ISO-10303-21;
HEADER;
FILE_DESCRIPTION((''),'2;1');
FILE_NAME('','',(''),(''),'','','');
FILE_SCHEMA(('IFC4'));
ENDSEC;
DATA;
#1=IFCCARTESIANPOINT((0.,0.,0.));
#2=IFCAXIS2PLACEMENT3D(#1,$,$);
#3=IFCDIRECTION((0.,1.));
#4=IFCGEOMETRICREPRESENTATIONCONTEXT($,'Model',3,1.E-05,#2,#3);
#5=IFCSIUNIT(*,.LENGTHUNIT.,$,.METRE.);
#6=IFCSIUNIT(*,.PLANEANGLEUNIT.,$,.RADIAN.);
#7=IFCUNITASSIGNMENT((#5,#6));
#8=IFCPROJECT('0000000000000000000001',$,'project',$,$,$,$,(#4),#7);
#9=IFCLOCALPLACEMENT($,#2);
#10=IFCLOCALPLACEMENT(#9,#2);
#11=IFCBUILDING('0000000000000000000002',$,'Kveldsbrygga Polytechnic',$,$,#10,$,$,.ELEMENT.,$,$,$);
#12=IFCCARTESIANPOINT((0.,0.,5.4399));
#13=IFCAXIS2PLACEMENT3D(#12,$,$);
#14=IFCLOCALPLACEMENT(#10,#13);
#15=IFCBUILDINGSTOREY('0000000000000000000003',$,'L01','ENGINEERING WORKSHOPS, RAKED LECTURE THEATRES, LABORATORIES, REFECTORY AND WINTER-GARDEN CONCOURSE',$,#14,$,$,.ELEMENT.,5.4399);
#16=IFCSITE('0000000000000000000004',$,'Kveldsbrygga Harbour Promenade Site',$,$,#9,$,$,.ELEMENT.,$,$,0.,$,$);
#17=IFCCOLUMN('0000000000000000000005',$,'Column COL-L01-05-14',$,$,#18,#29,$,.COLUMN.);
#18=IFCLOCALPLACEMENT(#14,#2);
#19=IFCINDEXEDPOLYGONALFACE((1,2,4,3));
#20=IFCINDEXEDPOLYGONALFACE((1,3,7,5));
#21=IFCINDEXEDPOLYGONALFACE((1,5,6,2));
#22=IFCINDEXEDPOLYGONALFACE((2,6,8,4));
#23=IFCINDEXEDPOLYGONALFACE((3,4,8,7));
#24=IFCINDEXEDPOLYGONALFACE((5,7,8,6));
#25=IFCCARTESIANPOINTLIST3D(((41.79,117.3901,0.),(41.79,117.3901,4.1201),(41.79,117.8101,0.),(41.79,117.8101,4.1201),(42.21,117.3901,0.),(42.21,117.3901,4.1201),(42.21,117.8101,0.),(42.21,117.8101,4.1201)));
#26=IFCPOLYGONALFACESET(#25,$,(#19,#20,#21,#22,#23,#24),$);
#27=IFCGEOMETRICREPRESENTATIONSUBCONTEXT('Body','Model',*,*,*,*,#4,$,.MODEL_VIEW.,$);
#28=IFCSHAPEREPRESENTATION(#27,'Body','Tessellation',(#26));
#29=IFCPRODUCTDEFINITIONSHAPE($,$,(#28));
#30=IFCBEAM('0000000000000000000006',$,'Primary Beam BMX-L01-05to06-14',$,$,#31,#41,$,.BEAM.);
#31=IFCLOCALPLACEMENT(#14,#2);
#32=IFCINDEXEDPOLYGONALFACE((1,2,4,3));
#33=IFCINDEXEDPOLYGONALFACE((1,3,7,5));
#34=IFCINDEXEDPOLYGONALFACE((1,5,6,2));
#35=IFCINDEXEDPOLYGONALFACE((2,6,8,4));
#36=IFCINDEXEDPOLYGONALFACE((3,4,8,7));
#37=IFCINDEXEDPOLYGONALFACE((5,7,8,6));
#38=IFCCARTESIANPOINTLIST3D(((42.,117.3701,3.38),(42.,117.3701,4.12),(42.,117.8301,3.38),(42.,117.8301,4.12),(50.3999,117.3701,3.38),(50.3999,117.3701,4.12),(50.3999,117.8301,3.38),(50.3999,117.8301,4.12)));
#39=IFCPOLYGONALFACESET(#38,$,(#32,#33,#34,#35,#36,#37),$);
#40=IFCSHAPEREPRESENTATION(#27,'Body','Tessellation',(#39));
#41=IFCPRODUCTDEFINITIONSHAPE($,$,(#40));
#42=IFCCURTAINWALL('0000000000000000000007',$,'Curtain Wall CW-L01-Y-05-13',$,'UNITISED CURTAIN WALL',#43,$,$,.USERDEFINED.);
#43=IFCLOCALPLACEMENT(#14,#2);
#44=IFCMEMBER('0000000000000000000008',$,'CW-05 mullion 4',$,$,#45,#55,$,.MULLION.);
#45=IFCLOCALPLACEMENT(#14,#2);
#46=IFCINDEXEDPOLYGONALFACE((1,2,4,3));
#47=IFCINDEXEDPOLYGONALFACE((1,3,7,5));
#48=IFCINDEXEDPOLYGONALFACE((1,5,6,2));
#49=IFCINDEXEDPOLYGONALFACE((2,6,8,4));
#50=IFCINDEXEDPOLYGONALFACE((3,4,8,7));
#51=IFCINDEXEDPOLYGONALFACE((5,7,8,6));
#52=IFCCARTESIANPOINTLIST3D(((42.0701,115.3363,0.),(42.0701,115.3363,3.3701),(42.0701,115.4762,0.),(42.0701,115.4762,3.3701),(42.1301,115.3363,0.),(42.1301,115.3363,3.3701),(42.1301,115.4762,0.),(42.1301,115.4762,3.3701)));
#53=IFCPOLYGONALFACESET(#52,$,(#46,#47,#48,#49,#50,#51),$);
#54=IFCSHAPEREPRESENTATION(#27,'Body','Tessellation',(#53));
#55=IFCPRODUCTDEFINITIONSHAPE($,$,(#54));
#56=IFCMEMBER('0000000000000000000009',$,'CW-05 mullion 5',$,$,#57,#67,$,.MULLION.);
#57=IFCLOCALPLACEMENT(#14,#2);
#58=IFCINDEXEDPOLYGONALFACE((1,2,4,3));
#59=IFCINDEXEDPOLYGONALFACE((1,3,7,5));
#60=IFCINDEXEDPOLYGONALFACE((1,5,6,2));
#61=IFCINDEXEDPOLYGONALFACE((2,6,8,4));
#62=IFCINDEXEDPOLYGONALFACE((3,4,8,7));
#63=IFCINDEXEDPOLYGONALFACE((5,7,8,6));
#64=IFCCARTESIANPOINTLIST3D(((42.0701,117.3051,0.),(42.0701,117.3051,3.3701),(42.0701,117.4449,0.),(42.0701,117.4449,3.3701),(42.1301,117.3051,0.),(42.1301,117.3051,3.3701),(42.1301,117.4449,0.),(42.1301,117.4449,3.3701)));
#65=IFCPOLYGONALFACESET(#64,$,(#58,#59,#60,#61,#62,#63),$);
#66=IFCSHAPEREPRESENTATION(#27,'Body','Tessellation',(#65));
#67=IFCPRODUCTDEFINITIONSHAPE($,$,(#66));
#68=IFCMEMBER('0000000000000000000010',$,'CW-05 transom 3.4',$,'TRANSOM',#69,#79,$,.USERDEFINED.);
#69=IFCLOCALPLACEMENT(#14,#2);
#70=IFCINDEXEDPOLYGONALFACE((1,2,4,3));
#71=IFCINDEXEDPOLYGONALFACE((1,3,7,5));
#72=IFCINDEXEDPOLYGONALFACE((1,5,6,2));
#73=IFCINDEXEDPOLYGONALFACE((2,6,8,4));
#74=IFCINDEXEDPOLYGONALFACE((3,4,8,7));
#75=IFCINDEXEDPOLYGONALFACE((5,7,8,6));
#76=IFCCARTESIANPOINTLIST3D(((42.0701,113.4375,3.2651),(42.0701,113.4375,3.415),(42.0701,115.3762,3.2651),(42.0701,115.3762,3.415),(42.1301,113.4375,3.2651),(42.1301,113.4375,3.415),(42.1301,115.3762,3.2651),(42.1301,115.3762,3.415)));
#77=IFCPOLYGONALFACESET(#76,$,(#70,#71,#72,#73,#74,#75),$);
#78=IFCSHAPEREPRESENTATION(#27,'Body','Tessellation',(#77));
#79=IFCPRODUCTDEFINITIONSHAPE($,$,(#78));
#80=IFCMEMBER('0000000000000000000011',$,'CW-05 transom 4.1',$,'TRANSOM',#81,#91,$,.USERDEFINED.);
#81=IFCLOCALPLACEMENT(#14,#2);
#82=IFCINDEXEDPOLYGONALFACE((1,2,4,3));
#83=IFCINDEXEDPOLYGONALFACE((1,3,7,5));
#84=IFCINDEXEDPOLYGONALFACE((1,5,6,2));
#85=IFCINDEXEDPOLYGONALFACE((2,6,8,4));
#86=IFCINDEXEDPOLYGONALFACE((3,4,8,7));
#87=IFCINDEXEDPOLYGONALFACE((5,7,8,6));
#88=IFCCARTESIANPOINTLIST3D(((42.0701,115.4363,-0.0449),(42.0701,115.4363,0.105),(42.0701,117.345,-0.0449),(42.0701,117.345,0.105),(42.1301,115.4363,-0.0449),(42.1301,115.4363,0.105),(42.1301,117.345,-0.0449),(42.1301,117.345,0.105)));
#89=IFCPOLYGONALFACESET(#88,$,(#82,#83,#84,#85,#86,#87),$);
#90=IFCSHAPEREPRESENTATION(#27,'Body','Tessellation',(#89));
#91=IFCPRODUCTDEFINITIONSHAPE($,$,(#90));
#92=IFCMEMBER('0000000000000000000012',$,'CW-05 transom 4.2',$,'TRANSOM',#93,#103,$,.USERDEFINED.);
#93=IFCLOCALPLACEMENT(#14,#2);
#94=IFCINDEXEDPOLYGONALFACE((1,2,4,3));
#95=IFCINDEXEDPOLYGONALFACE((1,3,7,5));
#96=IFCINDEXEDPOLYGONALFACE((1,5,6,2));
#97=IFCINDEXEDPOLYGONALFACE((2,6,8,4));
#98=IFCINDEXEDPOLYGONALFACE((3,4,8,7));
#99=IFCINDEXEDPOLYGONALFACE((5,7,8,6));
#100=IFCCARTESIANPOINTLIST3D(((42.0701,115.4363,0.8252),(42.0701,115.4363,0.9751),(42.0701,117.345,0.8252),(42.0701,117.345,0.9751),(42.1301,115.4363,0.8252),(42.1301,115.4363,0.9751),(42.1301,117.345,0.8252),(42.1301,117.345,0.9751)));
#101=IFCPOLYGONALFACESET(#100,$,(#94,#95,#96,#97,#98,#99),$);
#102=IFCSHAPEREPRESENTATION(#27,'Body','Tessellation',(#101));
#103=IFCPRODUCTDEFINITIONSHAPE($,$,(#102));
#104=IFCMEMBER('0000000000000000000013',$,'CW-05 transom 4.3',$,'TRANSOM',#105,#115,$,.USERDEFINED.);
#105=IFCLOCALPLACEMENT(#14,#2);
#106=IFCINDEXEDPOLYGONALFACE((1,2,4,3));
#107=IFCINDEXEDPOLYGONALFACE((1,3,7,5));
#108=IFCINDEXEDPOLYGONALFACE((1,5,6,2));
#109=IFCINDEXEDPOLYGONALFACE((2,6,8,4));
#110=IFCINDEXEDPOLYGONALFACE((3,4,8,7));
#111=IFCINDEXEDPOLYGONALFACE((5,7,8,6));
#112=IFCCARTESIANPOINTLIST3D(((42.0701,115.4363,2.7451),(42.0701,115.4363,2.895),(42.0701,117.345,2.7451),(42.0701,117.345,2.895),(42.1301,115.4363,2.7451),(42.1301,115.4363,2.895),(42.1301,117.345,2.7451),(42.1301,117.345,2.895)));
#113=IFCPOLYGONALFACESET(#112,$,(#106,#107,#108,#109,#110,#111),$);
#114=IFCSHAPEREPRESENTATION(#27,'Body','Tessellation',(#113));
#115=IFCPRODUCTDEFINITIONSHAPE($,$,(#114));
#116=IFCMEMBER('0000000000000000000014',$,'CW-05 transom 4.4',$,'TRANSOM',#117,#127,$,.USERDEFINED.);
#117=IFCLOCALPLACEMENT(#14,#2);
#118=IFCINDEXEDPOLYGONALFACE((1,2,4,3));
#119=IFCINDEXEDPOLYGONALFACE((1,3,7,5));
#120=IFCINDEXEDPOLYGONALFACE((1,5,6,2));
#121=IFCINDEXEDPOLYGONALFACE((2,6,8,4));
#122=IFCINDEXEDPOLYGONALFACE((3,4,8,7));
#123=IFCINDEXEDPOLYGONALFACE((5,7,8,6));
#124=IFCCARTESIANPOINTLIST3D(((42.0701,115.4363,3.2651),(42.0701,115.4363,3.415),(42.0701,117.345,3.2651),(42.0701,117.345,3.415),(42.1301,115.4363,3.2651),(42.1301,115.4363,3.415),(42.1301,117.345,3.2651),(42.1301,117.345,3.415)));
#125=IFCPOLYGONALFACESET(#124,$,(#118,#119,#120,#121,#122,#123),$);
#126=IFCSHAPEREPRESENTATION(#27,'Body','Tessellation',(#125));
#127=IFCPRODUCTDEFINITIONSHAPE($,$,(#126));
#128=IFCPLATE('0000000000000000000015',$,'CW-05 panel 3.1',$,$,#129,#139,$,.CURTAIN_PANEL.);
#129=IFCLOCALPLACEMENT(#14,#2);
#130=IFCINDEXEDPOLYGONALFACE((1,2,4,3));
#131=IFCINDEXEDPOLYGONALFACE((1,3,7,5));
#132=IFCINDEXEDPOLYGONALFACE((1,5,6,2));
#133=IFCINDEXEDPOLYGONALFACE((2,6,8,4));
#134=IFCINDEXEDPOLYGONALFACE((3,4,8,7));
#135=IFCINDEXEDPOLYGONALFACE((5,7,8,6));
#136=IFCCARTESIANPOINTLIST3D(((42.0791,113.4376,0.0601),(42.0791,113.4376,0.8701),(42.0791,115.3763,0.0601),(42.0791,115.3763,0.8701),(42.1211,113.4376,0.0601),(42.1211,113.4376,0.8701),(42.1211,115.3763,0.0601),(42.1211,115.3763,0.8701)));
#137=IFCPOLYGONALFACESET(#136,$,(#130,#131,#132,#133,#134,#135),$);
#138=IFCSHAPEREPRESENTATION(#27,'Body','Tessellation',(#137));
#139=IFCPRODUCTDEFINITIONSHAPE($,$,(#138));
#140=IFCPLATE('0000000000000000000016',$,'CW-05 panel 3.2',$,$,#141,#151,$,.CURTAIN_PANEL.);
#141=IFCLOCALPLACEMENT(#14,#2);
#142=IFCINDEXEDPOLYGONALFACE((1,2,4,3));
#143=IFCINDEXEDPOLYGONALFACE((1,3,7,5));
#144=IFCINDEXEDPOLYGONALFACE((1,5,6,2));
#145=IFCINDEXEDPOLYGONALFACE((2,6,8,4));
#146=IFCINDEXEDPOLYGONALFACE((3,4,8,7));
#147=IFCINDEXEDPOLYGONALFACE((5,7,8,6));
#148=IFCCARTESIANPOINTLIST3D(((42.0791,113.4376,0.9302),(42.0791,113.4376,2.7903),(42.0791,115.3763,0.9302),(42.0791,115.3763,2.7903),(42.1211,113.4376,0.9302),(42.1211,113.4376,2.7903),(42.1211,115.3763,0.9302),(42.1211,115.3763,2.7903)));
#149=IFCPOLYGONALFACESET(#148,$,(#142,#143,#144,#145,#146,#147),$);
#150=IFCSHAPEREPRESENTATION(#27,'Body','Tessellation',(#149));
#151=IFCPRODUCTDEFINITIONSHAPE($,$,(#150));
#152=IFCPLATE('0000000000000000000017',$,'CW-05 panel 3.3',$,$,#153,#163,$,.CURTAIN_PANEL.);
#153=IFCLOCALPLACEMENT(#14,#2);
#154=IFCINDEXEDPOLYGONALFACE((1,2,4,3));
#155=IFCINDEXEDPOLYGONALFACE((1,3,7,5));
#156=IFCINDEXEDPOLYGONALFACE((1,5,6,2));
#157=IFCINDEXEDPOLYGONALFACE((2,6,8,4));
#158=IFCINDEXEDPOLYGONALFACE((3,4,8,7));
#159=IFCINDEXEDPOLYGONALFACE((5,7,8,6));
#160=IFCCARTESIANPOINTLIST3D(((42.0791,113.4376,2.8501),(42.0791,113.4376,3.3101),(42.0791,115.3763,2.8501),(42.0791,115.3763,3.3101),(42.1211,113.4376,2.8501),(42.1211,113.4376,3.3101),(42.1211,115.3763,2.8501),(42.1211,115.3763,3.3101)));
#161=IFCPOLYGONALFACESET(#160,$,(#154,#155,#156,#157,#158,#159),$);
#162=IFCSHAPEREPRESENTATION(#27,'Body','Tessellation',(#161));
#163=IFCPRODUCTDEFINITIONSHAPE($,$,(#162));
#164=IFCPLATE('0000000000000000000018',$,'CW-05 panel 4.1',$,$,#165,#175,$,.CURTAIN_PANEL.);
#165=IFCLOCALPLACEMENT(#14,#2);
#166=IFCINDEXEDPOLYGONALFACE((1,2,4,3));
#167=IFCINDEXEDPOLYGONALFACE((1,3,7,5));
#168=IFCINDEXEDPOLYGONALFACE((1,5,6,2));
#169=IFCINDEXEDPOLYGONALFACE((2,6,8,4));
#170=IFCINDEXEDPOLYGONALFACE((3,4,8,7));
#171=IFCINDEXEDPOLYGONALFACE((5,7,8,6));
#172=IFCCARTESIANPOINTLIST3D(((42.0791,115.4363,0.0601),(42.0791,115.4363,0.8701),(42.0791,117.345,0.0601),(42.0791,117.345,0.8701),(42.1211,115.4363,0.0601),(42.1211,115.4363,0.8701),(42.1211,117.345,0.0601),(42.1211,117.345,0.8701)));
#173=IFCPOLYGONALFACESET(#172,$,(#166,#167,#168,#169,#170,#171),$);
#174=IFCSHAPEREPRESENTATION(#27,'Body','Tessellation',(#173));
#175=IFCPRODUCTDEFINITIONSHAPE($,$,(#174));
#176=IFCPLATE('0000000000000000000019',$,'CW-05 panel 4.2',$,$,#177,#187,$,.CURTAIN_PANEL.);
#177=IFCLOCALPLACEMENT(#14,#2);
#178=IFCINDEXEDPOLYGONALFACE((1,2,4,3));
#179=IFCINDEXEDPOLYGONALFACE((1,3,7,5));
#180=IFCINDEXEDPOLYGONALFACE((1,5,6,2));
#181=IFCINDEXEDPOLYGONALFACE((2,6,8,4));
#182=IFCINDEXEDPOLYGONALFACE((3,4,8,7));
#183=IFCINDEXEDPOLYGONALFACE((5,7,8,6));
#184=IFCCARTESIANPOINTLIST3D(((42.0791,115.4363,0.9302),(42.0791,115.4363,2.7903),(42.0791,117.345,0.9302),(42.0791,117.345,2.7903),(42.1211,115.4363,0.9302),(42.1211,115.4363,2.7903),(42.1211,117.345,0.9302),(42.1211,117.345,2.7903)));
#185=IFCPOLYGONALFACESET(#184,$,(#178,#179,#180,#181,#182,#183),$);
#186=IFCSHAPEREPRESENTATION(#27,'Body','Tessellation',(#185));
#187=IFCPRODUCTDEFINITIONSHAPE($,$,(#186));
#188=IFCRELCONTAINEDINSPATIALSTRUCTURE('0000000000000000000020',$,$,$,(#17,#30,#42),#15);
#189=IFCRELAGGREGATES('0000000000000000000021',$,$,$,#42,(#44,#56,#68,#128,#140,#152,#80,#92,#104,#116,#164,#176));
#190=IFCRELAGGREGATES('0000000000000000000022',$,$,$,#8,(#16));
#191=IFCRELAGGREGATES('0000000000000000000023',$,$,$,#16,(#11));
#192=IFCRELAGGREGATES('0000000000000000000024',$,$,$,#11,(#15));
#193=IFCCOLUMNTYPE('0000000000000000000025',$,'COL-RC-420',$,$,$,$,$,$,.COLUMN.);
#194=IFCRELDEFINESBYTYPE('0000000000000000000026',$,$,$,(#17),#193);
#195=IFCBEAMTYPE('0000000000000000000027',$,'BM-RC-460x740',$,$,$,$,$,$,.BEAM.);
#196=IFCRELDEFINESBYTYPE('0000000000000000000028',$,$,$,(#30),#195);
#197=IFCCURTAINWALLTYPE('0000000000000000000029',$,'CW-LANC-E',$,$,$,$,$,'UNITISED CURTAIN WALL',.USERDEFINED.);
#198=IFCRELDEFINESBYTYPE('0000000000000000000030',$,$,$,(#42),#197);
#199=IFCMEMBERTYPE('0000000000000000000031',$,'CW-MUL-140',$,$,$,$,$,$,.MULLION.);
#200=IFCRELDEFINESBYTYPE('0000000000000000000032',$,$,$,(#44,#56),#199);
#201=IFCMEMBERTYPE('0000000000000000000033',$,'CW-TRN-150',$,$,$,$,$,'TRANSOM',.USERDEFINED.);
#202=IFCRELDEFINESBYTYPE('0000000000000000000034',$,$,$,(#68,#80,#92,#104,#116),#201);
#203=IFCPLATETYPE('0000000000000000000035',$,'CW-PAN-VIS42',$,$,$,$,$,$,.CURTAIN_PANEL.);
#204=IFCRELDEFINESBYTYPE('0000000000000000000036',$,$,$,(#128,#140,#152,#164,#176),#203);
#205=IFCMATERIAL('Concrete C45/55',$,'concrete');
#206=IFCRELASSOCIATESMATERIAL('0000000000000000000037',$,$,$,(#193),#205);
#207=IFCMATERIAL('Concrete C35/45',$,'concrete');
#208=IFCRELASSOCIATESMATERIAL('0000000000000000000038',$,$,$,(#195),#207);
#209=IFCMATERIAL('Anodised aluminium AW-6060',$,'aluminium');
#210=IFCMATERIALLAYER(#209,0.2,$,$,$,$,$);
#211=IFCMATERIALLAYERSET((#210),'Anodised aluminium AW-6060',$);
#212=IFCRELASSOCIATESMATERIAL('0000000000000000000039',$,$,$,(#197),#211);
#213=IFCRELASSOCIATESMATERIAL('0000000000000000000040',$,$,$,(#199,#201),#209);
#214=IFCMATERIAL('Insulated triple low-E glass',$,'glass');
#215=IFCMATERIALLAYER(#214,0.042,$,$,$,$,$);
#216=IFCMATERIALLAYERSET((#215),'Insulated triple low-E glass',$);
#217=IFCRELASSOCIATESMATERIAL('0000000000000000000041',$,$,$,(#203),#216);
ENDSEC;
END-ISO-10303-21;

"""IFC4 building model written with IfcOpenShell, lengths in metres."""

from ifc_helpers import new_model, si_unit, direction, frame, origin, origin_2d, place, context, subcontext, project, spatial, rectangle, extrude, material, layer, layer_set, material_profile, profile_set, type_object, element, aggregate, save


model = new_model("IFC4")

# Units and contexts
model_context = context("Model", 3, precision=1e-05, world=origin(), true_north=direction((0.0, 1.0)))
body_context = subcontext(model_context, "Body", "Model", "MODEL_VIEW")
ifc_project = project(units=[si_unit("LENGTHUNIT", "METRE"), si_unit("PLANEANGLEUNIT", "RADIAN")], contexts=[model_context])

# Site, building, storey
site_placement = place(None, origin())
site = spatial("IfcSite", under=ifc_project, at=site_placement, Name="Kveldsbrygga Harbour Promenade Site", CompositionType="ELEMENT", RefElevation=0.0)
building_placement = place(site_placement, origin())
building = spatial("IfcBuilding", under=site, at=building_placement, Name="Kveldsbrygga Polytechnic", CompositionType="ELEMENT")
storey_placement = place(building_placement, frame((0.0, 0.0, 5.4399)))
storey = spatial("IfcBuildingStorey", under=building, at=storey_placement, Name="L01", Description="ENGINEERING WORKSHOPS, RAKED LECTURE THEATRES, LABORATORIES, REFECTORY AND WINTER-GARDEN CONCOURSE", CompositionType="ELEMENT", Elevation=5.4399)

# Column
ifc_material_1 = material(Name="Concrete C45/55", Category="concrete")
ifc_material_profile_1 = material_profile(ifc_material_1, rectangle(XDim=0.4199, YDim=0.4199, at=origin_2d()), Name="RC 420x420")
ifc_profile_set_1 = profile_set([ifc_material_profile_1], Name="Concrete C45/55")
column_type = type_object("IfcColumnType", Name="COL-RC-420", PredefinedType="COLUMN", material=ifc_profile_set_1)
column_placement = place(storey_placement, frame((42.0, 117.6001, 0.0), z_axis=(0.0, 0.0, 1.0), x_axis=(1.0, 0.0, 0.0)))
element("IfcColumn", 1, at=column_placement, inside=storey, type_object=column_type, Name="Column COL-L01-05-14", PredefinedType="COLUMN", context=body_context, shape_type="SweptSolid", body=[
    extrude(rectangle(XDim=0.4199, YDim=0.4199, at=origin_2d()), origin(), (0.0, 0.0, 1.0), 4.1201),
])

# Beam
ifc_material_2 = material(Name="Concrete C35/45", Category="concrete")
ifc_material_profile_2 = material_profile(ifc_material_2, rectangle(XDim=0.46, YDim=0.74, at=origin_2d()), Name="RC 460x740")
ifc_profile_set_2 = profile_set([ifc_material_profile_2], Name="Concrete C35/45")
beam_type = type_object("IfcBeamType", Name="BM-RC-460x740", PredefinedType="BEAM", material=ifc_profile_set_2)
beam_placement = place(storey_placement, frame((42.0, 117.6001, 3.75), z_axis=(1.0, 0.0, 0.0), x_axis=(0.0, 1.0, 0.0)))
element("IfcBeam", 2, at=beam_placement, inside=storey, type_object=beam_type, Name="Primary Beam BMX-L01-05to06-14", PredefinedType="BEAM", context=body_context, shape_type="SweptSolid", body=[
    extrude(rectangle(XDim=0.46, YDim=0.74, at=origin_2d()), origin(), (0.0, 0.0, 1.0), 8.3999),
])

# Curtain wall, members, plates
ifc_material_3 = material(Name="Anodised aluminium AW-6060", Category="aluminium")
ifc_layer_1 = layer(ifc_material_3, 0.2)
ifc_layer_set_1 = layer_set([ifc_layer_1], Name="Anodised aluminium AW-6060")
curtain_wall_type = type_object("IfcCurtainWallType", Name="CW-LANC-E", ElementType="UNITISED CURTAIN WALL", PredefinedType="USERDEFINED", material=ifc_layer_set_1)
curtain_wall_placement = place(storey_placement, origin())
curtain_wall = element("IfcCurtainWall", 3, at=curtain_wall_placement, inside=storey, type_object=curtain_wall_type, Name="Curtain Wall CW-L01-Y-05-13", ObjectType="UNITISED CURTAIN WALL", PredefinedType="USERDEFINED")
ifc_material_profile_3 = material_profile(ifc_material_3, rectangle(XDim=0.0601, YDim=0.1399, at=origin_2d()), Name="ALU 60x140")
ifc_profile_set_3 = profile_set([ifc_material_profile_3], Name="Anodised aluminium AW-6060")
member_type_1 = type_object("IfcMemberType", Name="CW-MUL-140", PredefinedType="MULLION", material=ifc_profile_set_3)
member_1_placement = place(storey_placement, frame((42.1001, 115.4062, 0.0), z_axis=(0.0, 0.0, 1.0), x_axis=(-1.0, 0.0, 0.0)))
member_1 = element("IfcMember", 4, at=member_1_placement, type_object=member_type_1, Name="CW-05 mullion 4", PredefinedType="MULLION", context=body_context, shape_type="SweptSolid", body=[
    extrude(rectangle(XDim=0.0601, YDim=0.1399, at=origin_2d()), origin(), (0.0, 0.0, 1.0), 3.3701),
])
member_2_placement = place(storey_placement, frame((42.1001, 117.375, 0.0), z_axis=(0.0, 0.0, 1.0), x_axis=(-1.0, 0.0, 0.0)))
member_2 = element("IfcMember", 5, at=member_2_placement, type_object=member_type_1, Name="CW-05 mullion 5", PredefinedType="MULLION", context=body_context, shape_type="SweptSolid", body=[
    extrude(rectangle(XDim=0.0601, YDim=0.1399, at=origin_2d()), origin(), (0.0, 0.0, 1.0), 3.3701),
])
ifc_material_profile_4 = material_profile(ifc_material_3, rectangle(XDim=0.0601, YDim=0.1499, at=origin_2d()), Name="ALU 60x150")
ifc_profile_set_4 = profile_set([ifc_material_profile_4], Name="Anodised aluminium AW-6060")
member_type_2 = type_object("IfcMemberType", Name="CW-TRN-150", ElementType="TRANSOM", PredefinedType="USERDEFINED", material=ifc_profile_set_4)
member_3_placement = place(storey_placement, frame((42.1001, 113.4375, 3.3401), z_axis=(0.0, 1.0, 0.0), x_axis=(-1.0, 0.0, 0.0)))
member_3 = element("IfcMember", 6, at=member_3_placement, type_object=member_type_2, Name="CW-05 transom 3.4", ObjectType="TRANSOM", PredefinedType="USERDEFINED", context=body_context, shape_type="SweptSolid", body=[
    extrude(rectangle(XDim=0.0601, YDim=0.1499, at=origin_2d()), origin(), (0.0, 0.0, 1.0), 1.9387),
])
member_4_placement = place(storey_placement, frame((42.1001, 115.4363, 0.03), z_axis=(0.0, 1.0, 0.0), x_axis=(-1.0, 0.0, 0.0)))
member_4 = element("IfcMember", 7, at=member_4_placement, type_object=member_type_2, Name="CW-05 transom 4.1", ObjectType="TRANSOM", PredefinedType="USERDEFINED", context=body_context, shape_type="SweptSolid", body=[
    extrude(rectangle(XDim=0.0601, YDim=0.1499, at=origin_2d()), origin(), (0.0, 0.0, 1.0), 1.9087),
])
member_5_placement = place(storey_placement, frame((42.1001, 115.4363, 0.9001), z_axis=(0.0, 1.0, 0.0), x_axis=(-1.0, 0.0, 0.0)))
member_5 = element("IfcMember", 8, at=member_5_placement, type_object=member_type_2, Name="CW-05 transom 4.2", ObjectType="TRANSOM", PredefinedType="USERDEFINED", context=body_context, shape_type="SweptSolid", body=[
    extrude(rectangle(XDim=0.0601, YDim=0.1499, at=origin_2d()), origin(), (0.0, 0.0, 1.0), 1.9087),
])
member_6_placement = place(storey_placement, frame((42.1001, 115.4363, 2.8201), z_axis=(0.0, 1.0, 0.0), x_axis=(-1.0, 0.0, 0.0)))
member_6 = element("IfcMember", 9, at=member_6_placement, type_object=member_type_2, Name="CW-05 transom 4.3", ObjectType="TRANSOM", PredefinedType="USERDEFINED", context=body_context, shape_type="SweptSolid", body=[
    extrude(rectangle(XDim=0.0601, YDim=0.1499, at=origin_2d()), origin(), (0.0, 0.0, 1.0), 1.9087),
])
member_7_placement = place(storey_placement, frame((42.1001, 115.4363, 3.3401), z_axis=(0.0, 1.0, 0.0), x_axis=(-1.0, 0.0, 0.0)))
member_7 = element("IfcMember", 10, at=member_7_placement, type_object=member_type_2, Name="CW-05 transom 4.4", ObjectType="TRANSOM", PredefinedType="USERDEFINED", context=body_context, shape_type="SweptSolid", body=[
    extrude(rectangle(XDim=0.0601, YDim=0.1499, at=origin_2d()), origin(), (0.0, 0.0, 1.0), 1.9087),
])
ifc_material_4 = material(Name="Insulated triple low-E glass", Category="glass")
ifc_layer_2 = layer(ifc_material_4, 0.042)
ifc_layer_set_2 = layer_set([ifc_layer_2], Name="Insulated triple low-E glass")
plate_type = type_object("IfcPlateType", Name="CW-PAN-VIS42", PredefinedType="CURTAIN_PANEL", material=ifc_layer_set_2)
plate_1_placement = place(storey_placement, frame((42.1001, 114.407, 0.0601), z_axis=(0.0, 0.0, 1.0), x_axis=(0.0, 1.0, 0.0)))
plate_1 = element("IfcPlate", 11, at=plate_1_placement, type_object=plate_type, Name="CW-05 panel 3.1", PredefinedType="CURTAIN_PANEL", context=body_context, shape_type="SweptSolid", body=[
    extrude(rectangle(XDim=1.9387, YDim=0.042, at=origin_2d()), origin(), (0.0, 0.0, 1.0), 0.8101),
])
plate_2_placement = place(storey_placement, frame((42.1001, 114.407, 0.9302), z_axis=(0.0, 0.0, 1.0), x_axis=(0.0, 1.0, 0.0)))
plate_2 = element("IfcPlate", 12, at=plate_2_placement, type_object=plate_type, Name="CW-05 panel 3.2", PredefinedType="CURTAIN_PANEL", context=body_context, shape_type="SweptSolid", body=[
    extrude(rectangle(XDim=1.9387, YDim=0.042, at=origin_2d()), origin(), (0.0, 0.0, 1.0), 1.8601),
])
plate_3_placement = place(storey_placement, frame((42.1001, 114.407, 2.8501), z_axis=(0.0, 0.0, 1.0), x_axis=(0.0, 1.0, 0.0)))
plate_3 = element("IfcPlate", 13, at=plate_3_placement, type_object=plate_type, Name="CW-05 panel 3.3", PredefinedType="CURTAIN_PANEL", context=body_context, shape_type="SweptSolid", body=[
    extrude(rectangle(XDim=1.9387, YDim=0.042, at=origin_2d()), origin(), (0.0, 0.0, 1.0), 0.46),
])
plate_4_placement = place(storey_placement, frame((42.1001, 116.3906, 0.0601), z_axis=(0.0, 0.0, 1.0), x_axis=(0.0, 1.0, 0.0)))
plate_4 = element("IfcPlate", 14, at=plate_4_placement, type_object=plate_type, Name="CW-05 panel 4.1", PredefinedType="CURTAIN_PANEL", context=body_context, shape_type="SweptSolid", body=[
    extrude(rectangle(XDim=1.9087, YDim=0.042, at=origin_2d()), origin(), (0.0, 0.0, 1.0), 0.8101),
])
plate_5_placement = place(storey_placement, frame((42.1001, 116.3906, 0.9302), z_axis=(0.0, 0.0, 1.0), x_axis=(0.0, 1.0, 0.0)))
plate_5 = element("IfcPlate", 15, at=plate_5_placement, type_object=plate_type, Name="CW-05 panel 4.2", PredefinedType="CURTAIN_PANEL", context=body_context, shape_type="SweptSolid", body=[
    extrude(rectangle(XDim=1.9087, YDim=0.042, at=origin_2d()), origin(), (0.0, 0.0, 1.0), 1.8601),
])
aggregate(curtain_wall, [member_1, member_2, member_3, plate_1, plate_2, plate_3, member_4, member_5, member_6, member_7, plate_4, plate_5])

save(model, "model.ifc")
